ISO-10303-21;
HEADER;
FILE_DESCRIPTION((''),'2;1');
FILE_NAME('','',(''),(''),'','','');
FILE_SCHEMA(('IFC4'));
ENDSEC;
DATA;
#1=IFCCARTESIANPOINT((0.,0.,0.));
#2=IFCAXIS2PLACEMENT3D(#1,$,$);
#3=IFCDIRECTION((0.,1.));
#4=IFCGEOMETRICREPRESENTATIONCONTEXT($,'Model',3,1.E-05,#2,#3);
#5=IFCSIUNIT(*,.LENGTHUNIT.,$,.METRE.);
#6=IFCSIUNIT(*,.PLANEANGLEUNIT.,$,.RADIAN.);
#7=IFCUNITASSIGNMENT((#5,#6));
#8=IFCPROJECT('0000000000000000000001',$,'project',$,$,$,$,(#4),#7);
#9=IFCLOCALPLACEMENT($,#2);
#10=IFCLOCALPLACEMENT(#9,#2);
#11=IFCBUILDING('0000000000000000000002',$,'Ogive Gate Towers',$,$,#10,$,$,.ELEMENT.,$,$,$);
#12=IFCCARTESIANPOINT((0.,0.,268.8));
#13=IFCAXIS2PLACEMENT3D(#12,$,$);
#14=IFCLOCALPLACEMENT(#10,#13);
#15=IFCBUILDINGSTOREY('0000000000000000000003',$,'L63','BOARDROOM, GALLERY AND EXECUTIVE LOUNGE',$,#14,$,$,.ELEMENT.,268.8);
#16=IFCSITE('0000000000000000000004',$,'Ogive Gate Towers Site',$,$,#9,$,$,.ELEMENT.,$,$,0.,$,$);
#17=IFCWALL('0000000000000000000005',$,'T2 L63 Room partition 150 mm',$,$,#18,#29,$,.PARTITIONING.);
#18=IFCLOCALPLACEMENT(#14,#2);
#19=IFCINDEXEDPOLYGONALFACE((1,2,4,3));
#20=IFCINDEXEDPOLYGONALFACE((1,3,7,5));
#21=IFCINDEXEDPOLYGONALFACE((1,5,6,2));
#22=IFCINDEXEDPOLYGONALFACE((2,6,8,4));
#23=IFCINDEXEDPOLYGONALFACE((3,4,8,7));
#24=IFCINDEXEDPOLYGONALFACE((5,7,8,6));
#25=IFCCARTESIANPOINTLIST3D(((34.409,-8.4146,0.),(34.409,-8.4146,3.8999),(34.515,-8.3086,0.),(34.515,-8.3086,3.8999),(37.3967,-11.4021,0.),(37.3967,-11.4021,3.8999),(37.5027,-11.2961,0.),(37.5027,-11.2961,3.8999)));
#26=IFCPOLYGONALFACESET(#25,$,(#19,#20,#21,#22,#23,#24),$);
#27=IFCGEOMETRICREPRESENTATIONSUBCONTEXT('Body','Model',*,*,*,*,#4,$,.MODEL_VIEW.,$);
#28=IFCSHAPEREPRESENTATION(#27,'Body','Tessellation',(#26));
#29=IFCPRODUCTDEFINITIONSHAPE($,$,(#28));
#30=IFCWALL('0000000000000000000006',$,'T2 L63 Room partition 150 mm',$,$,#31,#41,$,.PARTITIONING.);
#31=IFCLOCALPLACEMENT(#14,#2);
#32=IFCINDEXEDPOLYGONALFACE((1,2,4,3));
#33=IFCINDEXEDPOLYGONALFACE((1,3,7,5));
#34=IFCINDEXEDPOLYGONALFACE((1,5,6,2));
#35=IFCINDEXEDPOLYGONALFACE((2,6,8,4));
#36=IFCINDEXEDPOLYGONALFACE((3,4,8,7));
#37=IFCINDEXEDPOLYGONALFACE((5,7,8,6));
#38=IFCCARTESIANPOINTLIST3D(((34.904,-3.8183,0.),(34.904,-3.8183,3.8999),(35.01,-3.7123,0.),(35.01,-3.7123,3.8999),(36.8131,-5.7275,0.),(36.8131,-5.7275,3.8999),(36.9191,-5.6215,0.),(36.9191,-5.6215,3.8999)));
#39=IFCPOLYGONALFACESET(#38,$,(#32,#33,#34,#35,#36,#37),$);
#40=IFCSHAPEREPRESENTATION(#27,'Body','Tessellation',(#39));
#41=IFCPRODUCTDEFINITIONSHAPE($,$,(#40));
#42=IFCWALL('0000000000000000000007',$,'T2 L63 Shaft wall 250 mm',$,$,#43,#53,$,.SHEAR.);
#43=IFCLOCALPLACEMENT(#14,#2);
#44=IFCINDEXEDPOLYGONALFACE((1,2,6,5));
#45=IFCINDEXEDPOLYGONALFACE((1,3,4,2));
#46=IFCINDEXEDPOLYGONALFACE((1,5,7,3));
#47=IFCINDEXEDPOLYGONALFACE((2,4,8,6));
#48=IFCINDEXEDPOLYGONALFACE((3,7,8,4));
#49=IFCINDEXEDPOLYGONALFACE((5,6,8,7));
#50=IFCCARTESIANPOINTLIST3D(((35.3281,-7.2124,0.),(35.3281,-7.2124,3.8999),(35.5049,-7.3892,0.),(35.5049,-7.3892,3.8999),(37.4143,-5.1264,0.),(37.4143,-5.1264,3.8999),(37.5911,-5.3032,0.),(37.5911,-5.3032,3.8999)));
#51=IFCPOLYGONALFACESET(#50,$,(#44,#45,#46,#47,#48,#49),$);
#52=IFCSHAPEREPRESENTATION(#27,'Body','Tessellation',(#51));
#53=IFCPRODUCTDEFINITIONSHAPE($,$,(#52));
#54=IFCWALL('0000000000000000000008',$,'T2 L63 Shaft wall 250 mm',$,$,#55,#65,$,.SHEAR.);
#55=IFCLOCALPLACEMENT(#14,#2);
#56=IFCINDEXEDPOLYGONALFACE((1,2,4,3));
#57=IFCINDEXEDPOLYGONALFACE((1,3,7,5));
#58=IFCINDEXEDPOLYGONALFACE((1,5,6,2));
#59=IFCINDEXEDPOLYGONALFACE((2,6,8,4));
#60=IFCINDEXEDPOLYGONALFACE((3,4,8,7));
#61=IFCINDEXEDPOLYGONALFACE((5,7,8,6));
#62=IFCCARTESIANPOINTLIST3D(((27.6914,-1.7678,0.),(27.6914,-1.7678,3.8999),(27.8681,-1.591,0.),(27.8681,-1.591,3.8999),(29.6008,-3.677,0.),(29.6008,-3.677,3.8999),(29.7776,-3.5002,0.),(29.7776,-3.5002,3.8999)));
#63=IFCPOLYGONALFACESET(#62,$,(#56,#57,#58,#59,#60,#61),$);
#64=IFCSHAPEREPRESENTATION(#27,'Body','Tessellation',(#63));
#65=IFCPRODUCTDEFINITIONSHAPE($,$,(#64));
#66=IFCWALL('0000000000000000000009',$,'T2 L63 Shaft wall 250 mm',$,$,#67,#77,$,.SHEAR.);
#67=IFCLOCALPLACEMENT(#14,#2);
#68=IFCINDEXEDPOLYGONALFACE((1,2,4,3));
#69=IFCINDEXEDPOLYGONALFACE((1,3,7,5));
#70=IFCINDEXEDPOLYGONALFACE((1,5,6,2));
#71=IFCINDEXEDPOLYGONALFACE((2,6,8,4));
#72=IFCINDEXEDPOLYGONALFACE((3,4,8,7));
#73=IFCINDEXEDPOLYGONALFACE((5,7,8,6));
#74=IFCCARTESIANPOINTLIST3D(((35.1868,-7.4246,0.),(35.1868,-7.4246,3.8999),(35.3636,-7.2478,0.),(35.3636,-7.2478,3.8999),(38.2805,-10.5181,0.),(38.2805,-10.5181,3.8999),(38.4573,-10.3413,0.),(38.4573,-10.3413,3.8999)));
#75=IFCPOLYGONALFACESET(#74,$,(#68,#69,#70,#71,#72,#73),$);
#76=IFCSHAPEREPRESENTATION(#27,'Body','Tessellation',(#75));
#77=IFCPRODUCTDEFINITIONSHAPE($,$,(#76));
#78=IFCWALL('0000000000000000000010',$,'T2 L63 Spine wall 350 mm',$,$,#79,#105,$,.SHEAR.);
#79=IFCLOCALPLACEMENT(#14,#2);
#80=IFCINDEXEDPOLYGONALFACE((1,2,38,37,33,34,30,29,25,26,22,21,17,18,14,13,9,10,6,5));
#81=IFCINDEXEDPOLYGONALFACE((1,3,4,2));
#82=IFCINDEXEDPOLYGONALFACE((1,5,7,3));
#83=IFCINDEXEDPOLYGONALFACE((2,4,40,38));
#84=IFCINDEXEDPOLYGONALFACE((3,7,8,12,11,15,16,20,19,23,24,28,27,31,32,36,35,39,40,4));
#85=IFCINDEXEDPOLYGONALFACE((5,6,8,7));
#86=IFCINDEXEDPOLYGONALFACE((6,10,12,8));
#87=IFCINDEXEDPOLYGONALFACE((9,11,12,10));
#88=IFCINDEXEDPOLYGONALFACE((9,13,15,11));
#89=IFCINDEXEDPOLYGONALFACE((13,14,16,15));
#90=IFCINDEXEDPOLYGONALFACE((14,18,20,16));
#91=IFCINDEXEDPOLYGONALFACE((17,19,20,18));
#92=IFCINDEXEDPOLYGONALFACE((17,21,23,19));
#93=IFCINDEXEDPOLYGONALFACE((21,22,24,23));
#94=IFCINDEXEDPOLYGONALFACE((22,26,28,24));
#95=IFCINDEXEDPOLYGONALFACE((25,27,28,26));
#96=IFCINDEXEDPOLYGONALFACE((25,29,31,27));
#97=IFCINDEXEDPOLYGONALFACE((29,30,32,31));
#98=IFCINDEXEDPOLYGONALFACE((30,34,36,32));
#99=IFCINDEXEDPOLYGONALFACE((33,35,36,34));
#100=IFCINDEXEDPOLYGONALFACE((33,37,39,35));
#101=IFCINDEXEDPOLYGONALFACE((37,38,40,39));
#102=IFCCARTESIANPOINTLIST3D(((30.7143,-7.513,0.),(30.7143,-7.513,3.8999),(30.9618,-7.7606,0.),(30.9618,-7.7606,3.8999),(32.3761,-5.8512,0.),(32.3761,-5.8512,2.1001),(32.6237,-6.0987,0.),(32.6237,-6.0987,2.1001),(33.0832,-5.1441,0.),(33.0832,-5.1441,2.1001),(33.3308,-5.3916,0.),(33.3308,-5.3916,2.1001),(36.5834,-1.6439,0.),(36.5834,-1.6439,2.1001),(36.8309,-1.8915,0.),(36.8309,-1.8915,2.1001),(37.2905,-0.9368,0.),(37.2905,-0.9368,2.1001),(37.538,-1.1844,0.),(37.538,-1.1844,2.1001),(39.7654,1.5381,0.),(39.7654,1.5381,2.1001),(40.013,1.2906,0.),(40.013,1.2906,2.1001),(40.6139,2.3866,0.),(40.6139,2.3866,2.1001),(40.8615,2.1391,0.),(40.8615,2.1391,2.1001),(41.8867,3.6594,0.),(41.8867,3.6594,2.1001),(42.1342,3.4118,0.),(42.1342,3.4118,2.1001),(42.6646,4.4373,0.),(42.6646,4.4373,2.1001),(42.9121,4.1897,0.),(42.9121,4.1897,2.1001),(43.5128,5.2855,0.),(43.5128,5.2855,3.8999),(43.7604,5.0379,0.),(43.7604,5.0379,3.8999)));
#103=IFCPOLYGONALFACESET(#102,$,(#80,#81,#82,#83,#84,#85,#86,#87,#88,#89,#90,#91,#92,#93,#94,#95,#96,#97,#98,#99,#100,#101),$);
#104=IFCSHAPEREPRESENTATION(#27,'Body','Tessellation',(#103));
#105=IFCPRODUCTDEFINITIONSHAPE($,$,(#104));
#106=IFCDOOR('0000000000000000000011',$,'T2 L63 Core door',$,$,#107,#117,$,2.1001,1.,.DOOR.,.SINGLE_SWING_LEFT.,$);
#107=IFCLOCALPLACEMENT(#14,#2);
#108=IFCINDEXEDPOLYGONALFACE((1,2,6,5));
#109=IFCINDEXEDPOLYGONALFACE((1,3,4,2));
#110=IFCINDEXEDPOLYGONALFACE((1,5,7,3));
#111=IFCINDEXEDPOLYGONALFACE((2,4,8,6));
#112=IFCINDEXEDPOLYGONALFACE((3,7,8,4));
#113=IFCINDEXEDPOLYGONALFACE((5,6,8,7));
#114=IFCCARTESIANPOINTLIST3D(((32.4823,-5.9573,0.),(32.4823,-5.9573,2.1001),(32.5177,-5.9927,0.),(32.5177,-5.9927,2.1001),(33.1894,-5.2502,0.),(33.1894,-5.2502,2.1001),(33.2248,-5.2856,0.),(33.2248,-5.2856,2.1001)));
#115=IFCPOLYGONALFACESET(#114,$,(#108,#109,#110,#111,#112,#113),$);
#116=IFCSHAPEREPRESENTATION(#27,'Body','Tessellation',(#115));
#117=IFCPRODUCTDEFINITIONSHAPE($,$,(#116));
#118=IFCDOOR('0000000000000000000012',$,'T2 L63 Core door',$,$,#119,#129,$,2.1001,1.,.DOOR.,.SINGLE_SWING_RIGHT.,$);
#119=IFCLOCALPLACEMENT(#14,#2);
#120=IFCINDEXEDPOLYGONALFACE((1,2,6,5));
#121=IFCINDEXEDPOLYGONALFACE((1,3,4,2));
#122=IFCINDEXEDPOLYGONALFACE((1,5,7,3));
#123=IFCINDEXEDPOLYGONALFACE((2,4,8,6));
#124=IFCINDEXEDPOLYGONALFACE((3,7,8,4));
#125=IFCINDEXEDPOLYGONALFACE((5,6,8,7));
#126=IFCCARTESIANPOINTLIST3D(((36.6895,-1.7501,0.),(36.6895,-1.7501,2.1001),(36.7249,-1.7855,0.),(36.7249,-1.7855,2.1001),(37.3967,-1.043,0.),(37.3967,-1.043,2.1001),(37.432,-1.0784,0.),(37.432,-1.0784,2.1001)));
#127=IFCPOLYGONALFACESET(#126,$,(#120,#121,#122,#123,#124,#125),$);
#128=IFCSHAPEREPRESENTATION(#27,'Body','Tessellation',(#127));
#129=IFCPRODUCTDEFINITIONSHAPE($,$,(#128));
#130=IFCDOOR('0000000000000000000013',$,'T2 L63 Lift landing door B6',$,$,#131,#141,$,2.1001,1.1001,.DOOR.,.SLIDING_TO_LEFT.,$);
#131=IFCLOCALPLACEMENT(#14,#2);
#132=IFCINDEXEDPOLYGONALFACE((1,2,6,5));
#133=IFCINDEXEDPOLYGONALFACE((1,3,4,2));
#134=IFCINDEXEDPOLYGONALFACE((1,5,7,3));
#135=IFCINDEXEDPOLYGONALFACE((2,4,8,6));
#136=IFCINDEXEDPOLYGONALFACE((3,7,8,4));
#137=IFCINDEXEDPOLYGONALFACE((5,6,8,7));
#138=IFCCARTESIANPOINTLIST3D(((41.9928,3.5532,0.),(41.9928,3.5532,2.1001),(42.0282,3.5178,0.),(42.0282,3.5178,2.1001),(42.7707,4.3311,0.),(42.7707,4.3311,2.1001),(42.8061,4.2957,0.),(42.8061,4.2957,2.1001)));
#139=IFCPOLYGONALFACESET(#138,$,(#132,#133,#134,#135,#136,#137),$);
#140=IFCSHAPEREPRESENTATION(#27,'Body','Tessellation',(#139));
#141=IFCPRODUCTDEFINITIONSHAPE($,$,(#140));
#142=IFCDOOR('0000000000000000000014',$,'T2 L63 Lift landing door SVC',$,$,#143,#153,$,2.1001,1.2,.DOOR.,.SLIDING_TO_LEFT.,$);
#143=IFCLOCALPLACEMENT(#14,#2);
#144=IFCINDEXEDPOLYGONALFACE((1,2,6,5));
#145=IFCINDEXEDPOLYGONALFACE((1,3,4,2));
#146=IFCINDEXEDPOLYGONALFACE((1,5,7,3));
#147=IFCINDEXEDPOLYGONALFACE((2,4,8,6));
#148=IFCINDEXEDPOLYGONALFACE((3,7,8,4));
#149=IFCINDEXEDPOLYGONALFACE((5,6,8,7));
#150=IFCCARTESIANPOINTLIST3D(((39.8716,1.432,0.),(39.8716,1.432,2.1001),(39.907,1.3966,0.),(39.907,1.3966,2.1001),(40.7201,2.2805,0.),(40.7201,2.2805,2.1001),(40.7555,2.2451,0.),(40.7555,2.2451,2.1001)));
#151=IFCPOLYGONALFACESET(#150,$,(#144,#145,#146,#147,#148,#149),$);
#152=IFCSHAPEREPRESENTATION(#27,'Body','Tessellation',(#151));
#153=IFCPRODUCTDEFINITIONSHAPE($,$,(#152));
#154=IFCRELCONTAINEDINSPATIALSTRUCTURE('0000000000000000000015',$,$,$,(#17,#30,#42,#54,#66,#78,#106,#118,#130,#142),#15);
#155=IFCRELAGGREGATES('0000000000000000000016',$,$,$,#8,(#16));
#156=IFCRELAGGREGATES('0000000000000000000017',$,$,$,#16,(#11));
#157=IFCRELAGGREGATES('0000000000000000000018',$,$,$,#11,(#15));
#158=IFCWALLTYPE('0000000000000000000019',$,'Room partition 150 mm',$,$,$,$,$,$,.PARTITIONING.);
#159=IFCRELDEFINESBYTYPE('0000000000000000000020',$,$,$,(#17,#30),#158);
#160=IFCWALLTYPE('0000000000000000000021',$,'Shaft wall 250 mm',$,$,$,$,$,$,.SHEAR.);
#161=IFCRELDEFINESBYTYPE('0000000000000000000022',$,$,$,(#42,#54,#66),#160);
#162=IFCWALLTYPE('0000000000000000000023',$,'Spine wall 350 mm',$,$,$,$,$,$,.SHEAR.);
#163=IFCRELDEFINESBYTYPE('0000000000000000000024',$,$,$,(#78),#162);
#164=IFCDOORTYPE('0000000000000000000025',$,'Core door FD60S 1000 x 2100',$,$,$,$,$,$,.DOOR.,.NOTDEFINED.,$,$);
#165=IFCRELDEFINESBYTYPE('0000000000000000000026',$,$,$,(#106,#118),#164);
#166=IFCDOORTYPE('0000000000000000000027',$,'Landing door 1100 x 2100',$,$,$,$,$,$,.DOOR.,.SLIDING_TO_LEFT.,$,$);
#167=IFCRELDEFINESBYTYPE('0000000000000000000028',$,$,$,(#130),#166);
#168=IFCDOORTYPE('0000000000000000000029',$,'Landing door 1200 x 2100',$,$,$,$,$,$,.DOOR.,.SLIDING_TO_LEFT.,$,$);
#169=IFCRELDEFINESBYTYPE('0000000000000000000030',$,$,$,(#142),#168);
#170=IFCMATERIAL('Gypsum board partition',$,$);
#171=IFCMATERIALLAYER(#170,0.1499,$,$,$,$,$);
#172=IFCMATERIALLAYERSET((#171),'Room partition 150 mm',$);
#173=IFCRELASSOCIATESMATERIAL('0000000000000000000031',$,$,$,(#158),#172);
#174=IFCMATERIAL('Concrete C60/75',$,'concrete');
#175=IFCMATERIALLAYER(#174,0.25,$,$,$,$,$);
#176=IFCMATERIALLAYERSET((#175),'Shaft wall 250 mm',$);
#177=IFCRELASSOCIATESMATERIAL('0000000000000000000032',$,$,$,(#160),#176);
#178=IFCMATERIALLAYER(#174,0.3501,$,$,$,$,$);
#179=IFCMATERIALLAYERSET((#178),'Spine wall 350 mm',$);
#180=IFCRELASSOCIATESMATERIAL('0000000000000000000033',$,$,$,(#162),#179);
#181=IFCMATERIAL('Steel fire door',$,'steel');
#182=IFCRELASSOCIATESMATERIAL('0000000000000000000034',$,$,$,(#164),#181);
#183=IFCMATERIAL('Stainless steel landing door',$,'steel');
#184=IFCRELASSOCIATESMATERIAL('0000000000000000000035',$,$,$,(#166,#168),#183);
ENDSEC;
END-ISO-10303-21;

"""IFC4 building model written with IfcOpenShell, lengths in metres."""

from ifc_helpers import new_model, si_unit, direction, frame, frame_2d, origin, place, context, subcontext, project, spatial, rectangle, extrude, material, layer, layer_set, type_object, element, fill, save


model = new_model("IFC4")

# Units and contexts
model_context = context("Model", 3, precision=1e-05, world=origin(), true_north=direction((0.0, 1.0)))
body_context = subcontext(model_context, "Body", "Model", "MODEL_VIEW")
ifc_project = project(units=[si_unit("LENGTHUNIT", "METRE"), si_unit("PLANEANGLEUNIT", "RADIAN")], contexts=[model_context])

# Site, building, storey
site_placement = place(None, origin())
site = spatial("IfcSite", under=ifc_project, at=site_placement, Name="Ogive Gate Towers Site", CompositionType="ELEMENT", RefElevation=0.0)
building_placement = place(site_placement, origin())
building = spatial("IfcBuilding", under=site, at=building_placement, Name="Ogive Gate Towers", CompositionType="ELEMENT")
storey_placement = place(building_placement, frame((0.0, 0.0, 268.8)))
storey = spatial("IfcBuildingStorey", under=building, at=storey_placement, Name="L63", Description="BOARDROOM, GALLERY AND EXECUTIVE LOUNGE", CompositionType="ELEMENT", Elevation=268.8)

# Shared definitions
ifc_material_1 = material(Name="Concrete C60/75", Category="concrete")
ifc_material_2 = material(Name="Steel fire door", Category="steel")

# Walls
ifc_material_3 = material(Name="Gypsum board partition")
ifc_layer_1 = layer(ifc_material_3, 0.1499)
ifc_layer_set_1 = layer_set([ifc_layer_1], Name="Room partition 150 mm")
wall_type_1 = type_object("IfcWallType", Name="Room partition 150 mm", PredefinedType="PARTITIONING", material=ifc_layer_set_1)
wall_1_placement = place(storey_placement, frame((37.4497, -11.3491, 0.0), z_axis=(0.0, 0.0, 1.0), x_axis=(-0.707136, 0.707078, 0.0)))
element("IfcWall", 1, at=wall_1_placement, inside=storey, type_object=wall_type_1, Name="T2 L63 Room partition 150 mm", PredefinedType="PARTITIONING", context=body_context, shape_type="SweptSolid", body=[
    extrude(rectangle(XDim=4.2251, YDim=0.1499, at=frame_2d((2.1125, 0.0))), origin(), (0.0, 0.0, 1.0), 3.8999),
])
wall_2_placement = place(storey_placement, frame((36.8662, -5.6746, 0.0), z_axis=(0.0, 0.0, 1.0), x_axis=(-0.707107, 0.707107, 0.0)))
element("IfcWall", 2, at=wall_2_placement, inside=storey, type_object=wall_type_1, Name="T2 L63 Room partition 150 mm", PredefinedType="PARTITIONING", context=body_context, shape_type="SweptSolid", body=[
    extrude(rectangle(XDim=2.7, YDim=0.1499, at=frame_2d((1.3501, 0.0))), origin(), (0.0, 0.0, 1.0), 3.8999),
])
ifc_layer_2 = layer(ifc_material_1, 0.25)
ifc_layer_set_2 = layer_set([ifc_layer_2], Name="Shaft wall 250 mm")
wall_type_2 = type_object("IfcWallType", Name="Shaft wall 250 mm", PredefinedType="SHEAR", material=ifc_layer_set_2)
wall_3_placement = place(storey_placement, frame((35.4165, -7.3008, 0.0), z_axis=(0.0, 0.0, 1.0), x_axis=(0.707148, 0.707065, 0.0)))
element("IfcWall", 3, at=wall_3_placement, inside=storey, type_object=wall_type_2, Name="T2 L63 Shaft wall 250 mm", PredefinedType="SHEAR", context=body_context, shape_type="SweptSolid", body=[
    extrude(rectangle(XDim=2.9502, YDim=0.25, at=frame_2d((1.4751, 0.0))), origin(), (0.0, 0.0, 1.0), 3.8999),
])
wall_4_placement = place(storey_placement, frame((29.6892, -3.5886, 0.0), z_axis=(0.0, 0.0, 1.0), x_axis=(-0.707152, 0.707062, 0.0)))
element("IfcWall", 4, at=wall_4_placement, inside=storey, type_object=wall_type_2, Name="T2 L63 Shaft wall 250 mm", PredefinedType="SHEAR", context=body_context, shape_type="SweptSolid", body=[
    extrude(rectangle(XDim=2.7002, YDim=0.25, at=frame_2d((1.3501, 0.0))), origin(), (0.0, 0.0, 1.0), 3.8999),
])
wall_5_placement = place(storey_placement, frame((38.3689, -10.4297, 0.0), z_axis=(0.0, 0.0, 1.0), x_axis=(-0.707135, 0.707079, 0.0)))
element("IfcWall", 5, at=wall_5_placement, inside=storey, type_object=wall_type_2, Name="T2 L63 Shaft wall 250 mm", PredefinedType="SHEAR", context=body_context, shape_type="SweptSolid", body=[
    extrude(rectangle(XDim=4.375, YDim=0.25, at=frame_2d((2.1875, 0.0))), origin(), (0.0, 0.0, 1.0), 3.8999),
])

# Wall, openings, doors
ifc_layer_3 = layer(ifc_material_1, 0.3501)
ifc_layer_set_3 = layer_set([ifc_layer_3], Name="Spine wall 350 mm")
wall_type_3 = type_object("IfcWallType", Name="Spine wall 350 mm", PredefinedType="SHEAR", material=ifc_layer_set_3)
wall_6_placement = place(storey_placement, frame((30.8381, -7.6367, 0.0), z_axis=(0.0, 0.0, 1.0), x_axis=(0.707107, 0.707107, 0.0)))
wall_6 = element("IfcWall", 6, at=wall_6_placement, inside=storey, type_object=wall_type_3, Name="T2 L63 Spine wall 350 mm", PredefinedType="SHEAR", context=body_context, shape_type="SweptSolid", body=[
    extrude(rectangle(XDim=18.0999, YDim=0.3501, at=frame_2d((9.0498, 0.0))), origin(), (0.0, 0.0, 1.0), 3.8999),
])
opening_1_placement = place(wall_6_placement, frame((12.8, 0.0, 0.0)))
opening_1 = element("IfcOpeningElement", 7, at=opening_1_placement, cuts=wall_6, PredefinedType="OPENING", context=body_context, shape_type="SweptSolid", body=[
    extrude(rectangle(XDim=1.2, YDim=2.1001, at=frame_2d((0.6001, 1.05))), frame((0.0, 0.1851, 0.0), z_axis=(0.0, -1.0, 0.0), x_axis=(1.0, 0.0, 0.0)), (0.0, 0.0, 1.0), 0.3701),
])
opening_2_placement = place(wall_6_placement, frame((15.8, 0.0, 0.0)))
opening_2 = element("IfcOpeningElement", 8, at=opening_2_placement, cuts=wall_6, PredefinedType="OPENING", context=body_context, shape_type="SweptSolid", body=[
    extrude(rectangle(XDim=1.1001, YDim=2.1001, at=frame_2d((0.55, 1.05))), frame((0.0, 0.1851, 0.0), z_axis=(0.0, -1.0, 0.0), x_axis=(1.0, 0.0, 0.0)), (0.0, 0.0, 1.0), 0.3701),
])
opening_3_placement = place(wall_6_placement, frame((2.3501, 0.0, 0.0)))
opening_3 = element("IfcOpeningElement", 9, at=opening_3_placement, cuts=wall_6, PredefinedType="OPENING", context=body_context, shape_type="SweptSolid", body=[
    extrude(rectangle(XDim=1.0, YDim=2.1001, at=frame_2d((0.5, 1.05))), frame((0.0, 0.1851, 0.0), z_axis=(0.0, -1.0, 0.0), x_axis=(1.0, 0.0, 0.0)), (0.0, 0.0, 1.0), 0.3701),
])
opening_4_placement = place(wall_6_placement, frame((8.3, 0.0, 0.0)))
opening_4 = element("IfcOpeningElement", 10, at=opening_4_placement, cuts=wall_6, PredefinedType="OPENING", context=body_context, shape_type="SweptSolid", body=[
    extrude(rectangle(XDim=1.0, YDim=2.1001, at=frame_2d((0.5, 1.05))), frame((0.0, 0.1851, 0.0), z_axis=(0.0, -1.0, 0.0), x_axis=(1.0, 0.0, 0.0)), (0.0, 0.0, 1.0), 0.3701),
])
door_type_1 = type_object("IfcDoorType", Name="Core door FD60S 1000 x 2100", OperationType="NOTDEFINED", PredefinedType="DOOR", material=ifc_material_2)
door_1_placement = place(opening_3_placement, origin())
door_1 = element("IfcDoor", 11, at=door_1_placement, inside=storey, type_object=door_type_1, Name="T2 L63 Core door", OperationType="SINGLE_SWING_LEFT", OverallHeight=2.1001, OverallWidth=1.0, PredefinedType="DOOR", context=body_context, shape_type="SweptSolid", body=[
    extrude(rectangle(XDim=1.0, YDim=2.1001, at=frame_2d((0.5, 1.05))), frame((0.0, 0.0249, 0.0), z_axis=(0.0, -1.0, 0.0), x_axis=(1.0, 0.0, 0.0)), (0.0, 0.0, 1.0), 0.05),
])
fill(opening_3, door_1)
door_2_placement = place(opening_4_placement, origin())
door_2 = element("IfcDoor", 12, at=door_2_placement, inside=storey, type_object=door_type_1, Name="T2 L63 Core door", OperationType="SINGLE_SWING_RIGHT", OverallHeight=2.1001, OverallWidth=1.0, PredefinedType="DOOR", context=body_context, shape_type="SweptSolid", body=[
    extrude(rectangle(XDim=1.0, YDim=2.1001, at=frame_2d((0.5, 1.05))), frame((0.0, 0.0249, 0.0), z_axis=(0.0, -1.0, 0.0), x_axis=(1.0, 0.0, 0.0)), (0.0, 0.0, 1.0), 0.05),
])
fill(opening_4, door_2)
ifc_material_4 = material(Name="Stainless steel landing door", Category="steel")
door_type_2 = type_object("IfcDoorType", Name="Landing door 1100 x 2100", OperationType="SLIDING_TO_LEFT", PredefinedType="DOOR", material=ifc_material_4)
door_3_placement = place(opening_2_placement, origin())
door_3 = element("IfcDoor", 13, at=door_3_placement, inside=storey, type_object=door_type_2, Name="T2 L63 Lift landing door B6", OperationType="SLIDING_TO_LEFT", OverallHeight=2.1001, OverallWidth=1.1001, PredefinedType="DOOR", context=body_context, shape_type="SweptSolid", body=[
    extrude(rectangle(XDim=1.1001, YDim=2.1001, at=frame_2d((0.55, 1.05))), frame((0.0, 0.0249, 0.0), z_axis=(0.0, -1.0, 0.0), x_axis=(1.0, 0.0, 0.0)), (0.0, 0.0, 1.0), 0.05),
])
fill(opening_2, door_3)
door_type_3 = type_object("IfcDoorType", Name="Landing door 1200 x 2100", OperationType="SLIDING_TO_LEFT", PredefinedType="DOOR", material=ifc_material_4)
door_4_placement = place(opening_1_placement, origin())
door_4 = element("IfcDoor", 14, at=door_4_placement, inside=storey, type_object=door_type_3, Name="T2 L63 Lift landing door SVC", OperationType="SLIDING_TO_LEFT", OverallHeight=2.1001, OverallWidth=1.2, PredefinedType="DOOR", context=body_context, shape_type="SweptSolid", body=[
    extrude(rectangle(XDim=1.2, YDim=2.1001, at=frame_2d((0.6001, 1.05))), frame((0.0, 0.0249, 0.0), z_axis=(0.0, -1.0, 0.0), x_axis=(1.0, 0.0, 0.0)), (0.0, 0.0, 1.0), 0.05),
])
fill(opening_1, door_4)

save(model, "model.ifc")
